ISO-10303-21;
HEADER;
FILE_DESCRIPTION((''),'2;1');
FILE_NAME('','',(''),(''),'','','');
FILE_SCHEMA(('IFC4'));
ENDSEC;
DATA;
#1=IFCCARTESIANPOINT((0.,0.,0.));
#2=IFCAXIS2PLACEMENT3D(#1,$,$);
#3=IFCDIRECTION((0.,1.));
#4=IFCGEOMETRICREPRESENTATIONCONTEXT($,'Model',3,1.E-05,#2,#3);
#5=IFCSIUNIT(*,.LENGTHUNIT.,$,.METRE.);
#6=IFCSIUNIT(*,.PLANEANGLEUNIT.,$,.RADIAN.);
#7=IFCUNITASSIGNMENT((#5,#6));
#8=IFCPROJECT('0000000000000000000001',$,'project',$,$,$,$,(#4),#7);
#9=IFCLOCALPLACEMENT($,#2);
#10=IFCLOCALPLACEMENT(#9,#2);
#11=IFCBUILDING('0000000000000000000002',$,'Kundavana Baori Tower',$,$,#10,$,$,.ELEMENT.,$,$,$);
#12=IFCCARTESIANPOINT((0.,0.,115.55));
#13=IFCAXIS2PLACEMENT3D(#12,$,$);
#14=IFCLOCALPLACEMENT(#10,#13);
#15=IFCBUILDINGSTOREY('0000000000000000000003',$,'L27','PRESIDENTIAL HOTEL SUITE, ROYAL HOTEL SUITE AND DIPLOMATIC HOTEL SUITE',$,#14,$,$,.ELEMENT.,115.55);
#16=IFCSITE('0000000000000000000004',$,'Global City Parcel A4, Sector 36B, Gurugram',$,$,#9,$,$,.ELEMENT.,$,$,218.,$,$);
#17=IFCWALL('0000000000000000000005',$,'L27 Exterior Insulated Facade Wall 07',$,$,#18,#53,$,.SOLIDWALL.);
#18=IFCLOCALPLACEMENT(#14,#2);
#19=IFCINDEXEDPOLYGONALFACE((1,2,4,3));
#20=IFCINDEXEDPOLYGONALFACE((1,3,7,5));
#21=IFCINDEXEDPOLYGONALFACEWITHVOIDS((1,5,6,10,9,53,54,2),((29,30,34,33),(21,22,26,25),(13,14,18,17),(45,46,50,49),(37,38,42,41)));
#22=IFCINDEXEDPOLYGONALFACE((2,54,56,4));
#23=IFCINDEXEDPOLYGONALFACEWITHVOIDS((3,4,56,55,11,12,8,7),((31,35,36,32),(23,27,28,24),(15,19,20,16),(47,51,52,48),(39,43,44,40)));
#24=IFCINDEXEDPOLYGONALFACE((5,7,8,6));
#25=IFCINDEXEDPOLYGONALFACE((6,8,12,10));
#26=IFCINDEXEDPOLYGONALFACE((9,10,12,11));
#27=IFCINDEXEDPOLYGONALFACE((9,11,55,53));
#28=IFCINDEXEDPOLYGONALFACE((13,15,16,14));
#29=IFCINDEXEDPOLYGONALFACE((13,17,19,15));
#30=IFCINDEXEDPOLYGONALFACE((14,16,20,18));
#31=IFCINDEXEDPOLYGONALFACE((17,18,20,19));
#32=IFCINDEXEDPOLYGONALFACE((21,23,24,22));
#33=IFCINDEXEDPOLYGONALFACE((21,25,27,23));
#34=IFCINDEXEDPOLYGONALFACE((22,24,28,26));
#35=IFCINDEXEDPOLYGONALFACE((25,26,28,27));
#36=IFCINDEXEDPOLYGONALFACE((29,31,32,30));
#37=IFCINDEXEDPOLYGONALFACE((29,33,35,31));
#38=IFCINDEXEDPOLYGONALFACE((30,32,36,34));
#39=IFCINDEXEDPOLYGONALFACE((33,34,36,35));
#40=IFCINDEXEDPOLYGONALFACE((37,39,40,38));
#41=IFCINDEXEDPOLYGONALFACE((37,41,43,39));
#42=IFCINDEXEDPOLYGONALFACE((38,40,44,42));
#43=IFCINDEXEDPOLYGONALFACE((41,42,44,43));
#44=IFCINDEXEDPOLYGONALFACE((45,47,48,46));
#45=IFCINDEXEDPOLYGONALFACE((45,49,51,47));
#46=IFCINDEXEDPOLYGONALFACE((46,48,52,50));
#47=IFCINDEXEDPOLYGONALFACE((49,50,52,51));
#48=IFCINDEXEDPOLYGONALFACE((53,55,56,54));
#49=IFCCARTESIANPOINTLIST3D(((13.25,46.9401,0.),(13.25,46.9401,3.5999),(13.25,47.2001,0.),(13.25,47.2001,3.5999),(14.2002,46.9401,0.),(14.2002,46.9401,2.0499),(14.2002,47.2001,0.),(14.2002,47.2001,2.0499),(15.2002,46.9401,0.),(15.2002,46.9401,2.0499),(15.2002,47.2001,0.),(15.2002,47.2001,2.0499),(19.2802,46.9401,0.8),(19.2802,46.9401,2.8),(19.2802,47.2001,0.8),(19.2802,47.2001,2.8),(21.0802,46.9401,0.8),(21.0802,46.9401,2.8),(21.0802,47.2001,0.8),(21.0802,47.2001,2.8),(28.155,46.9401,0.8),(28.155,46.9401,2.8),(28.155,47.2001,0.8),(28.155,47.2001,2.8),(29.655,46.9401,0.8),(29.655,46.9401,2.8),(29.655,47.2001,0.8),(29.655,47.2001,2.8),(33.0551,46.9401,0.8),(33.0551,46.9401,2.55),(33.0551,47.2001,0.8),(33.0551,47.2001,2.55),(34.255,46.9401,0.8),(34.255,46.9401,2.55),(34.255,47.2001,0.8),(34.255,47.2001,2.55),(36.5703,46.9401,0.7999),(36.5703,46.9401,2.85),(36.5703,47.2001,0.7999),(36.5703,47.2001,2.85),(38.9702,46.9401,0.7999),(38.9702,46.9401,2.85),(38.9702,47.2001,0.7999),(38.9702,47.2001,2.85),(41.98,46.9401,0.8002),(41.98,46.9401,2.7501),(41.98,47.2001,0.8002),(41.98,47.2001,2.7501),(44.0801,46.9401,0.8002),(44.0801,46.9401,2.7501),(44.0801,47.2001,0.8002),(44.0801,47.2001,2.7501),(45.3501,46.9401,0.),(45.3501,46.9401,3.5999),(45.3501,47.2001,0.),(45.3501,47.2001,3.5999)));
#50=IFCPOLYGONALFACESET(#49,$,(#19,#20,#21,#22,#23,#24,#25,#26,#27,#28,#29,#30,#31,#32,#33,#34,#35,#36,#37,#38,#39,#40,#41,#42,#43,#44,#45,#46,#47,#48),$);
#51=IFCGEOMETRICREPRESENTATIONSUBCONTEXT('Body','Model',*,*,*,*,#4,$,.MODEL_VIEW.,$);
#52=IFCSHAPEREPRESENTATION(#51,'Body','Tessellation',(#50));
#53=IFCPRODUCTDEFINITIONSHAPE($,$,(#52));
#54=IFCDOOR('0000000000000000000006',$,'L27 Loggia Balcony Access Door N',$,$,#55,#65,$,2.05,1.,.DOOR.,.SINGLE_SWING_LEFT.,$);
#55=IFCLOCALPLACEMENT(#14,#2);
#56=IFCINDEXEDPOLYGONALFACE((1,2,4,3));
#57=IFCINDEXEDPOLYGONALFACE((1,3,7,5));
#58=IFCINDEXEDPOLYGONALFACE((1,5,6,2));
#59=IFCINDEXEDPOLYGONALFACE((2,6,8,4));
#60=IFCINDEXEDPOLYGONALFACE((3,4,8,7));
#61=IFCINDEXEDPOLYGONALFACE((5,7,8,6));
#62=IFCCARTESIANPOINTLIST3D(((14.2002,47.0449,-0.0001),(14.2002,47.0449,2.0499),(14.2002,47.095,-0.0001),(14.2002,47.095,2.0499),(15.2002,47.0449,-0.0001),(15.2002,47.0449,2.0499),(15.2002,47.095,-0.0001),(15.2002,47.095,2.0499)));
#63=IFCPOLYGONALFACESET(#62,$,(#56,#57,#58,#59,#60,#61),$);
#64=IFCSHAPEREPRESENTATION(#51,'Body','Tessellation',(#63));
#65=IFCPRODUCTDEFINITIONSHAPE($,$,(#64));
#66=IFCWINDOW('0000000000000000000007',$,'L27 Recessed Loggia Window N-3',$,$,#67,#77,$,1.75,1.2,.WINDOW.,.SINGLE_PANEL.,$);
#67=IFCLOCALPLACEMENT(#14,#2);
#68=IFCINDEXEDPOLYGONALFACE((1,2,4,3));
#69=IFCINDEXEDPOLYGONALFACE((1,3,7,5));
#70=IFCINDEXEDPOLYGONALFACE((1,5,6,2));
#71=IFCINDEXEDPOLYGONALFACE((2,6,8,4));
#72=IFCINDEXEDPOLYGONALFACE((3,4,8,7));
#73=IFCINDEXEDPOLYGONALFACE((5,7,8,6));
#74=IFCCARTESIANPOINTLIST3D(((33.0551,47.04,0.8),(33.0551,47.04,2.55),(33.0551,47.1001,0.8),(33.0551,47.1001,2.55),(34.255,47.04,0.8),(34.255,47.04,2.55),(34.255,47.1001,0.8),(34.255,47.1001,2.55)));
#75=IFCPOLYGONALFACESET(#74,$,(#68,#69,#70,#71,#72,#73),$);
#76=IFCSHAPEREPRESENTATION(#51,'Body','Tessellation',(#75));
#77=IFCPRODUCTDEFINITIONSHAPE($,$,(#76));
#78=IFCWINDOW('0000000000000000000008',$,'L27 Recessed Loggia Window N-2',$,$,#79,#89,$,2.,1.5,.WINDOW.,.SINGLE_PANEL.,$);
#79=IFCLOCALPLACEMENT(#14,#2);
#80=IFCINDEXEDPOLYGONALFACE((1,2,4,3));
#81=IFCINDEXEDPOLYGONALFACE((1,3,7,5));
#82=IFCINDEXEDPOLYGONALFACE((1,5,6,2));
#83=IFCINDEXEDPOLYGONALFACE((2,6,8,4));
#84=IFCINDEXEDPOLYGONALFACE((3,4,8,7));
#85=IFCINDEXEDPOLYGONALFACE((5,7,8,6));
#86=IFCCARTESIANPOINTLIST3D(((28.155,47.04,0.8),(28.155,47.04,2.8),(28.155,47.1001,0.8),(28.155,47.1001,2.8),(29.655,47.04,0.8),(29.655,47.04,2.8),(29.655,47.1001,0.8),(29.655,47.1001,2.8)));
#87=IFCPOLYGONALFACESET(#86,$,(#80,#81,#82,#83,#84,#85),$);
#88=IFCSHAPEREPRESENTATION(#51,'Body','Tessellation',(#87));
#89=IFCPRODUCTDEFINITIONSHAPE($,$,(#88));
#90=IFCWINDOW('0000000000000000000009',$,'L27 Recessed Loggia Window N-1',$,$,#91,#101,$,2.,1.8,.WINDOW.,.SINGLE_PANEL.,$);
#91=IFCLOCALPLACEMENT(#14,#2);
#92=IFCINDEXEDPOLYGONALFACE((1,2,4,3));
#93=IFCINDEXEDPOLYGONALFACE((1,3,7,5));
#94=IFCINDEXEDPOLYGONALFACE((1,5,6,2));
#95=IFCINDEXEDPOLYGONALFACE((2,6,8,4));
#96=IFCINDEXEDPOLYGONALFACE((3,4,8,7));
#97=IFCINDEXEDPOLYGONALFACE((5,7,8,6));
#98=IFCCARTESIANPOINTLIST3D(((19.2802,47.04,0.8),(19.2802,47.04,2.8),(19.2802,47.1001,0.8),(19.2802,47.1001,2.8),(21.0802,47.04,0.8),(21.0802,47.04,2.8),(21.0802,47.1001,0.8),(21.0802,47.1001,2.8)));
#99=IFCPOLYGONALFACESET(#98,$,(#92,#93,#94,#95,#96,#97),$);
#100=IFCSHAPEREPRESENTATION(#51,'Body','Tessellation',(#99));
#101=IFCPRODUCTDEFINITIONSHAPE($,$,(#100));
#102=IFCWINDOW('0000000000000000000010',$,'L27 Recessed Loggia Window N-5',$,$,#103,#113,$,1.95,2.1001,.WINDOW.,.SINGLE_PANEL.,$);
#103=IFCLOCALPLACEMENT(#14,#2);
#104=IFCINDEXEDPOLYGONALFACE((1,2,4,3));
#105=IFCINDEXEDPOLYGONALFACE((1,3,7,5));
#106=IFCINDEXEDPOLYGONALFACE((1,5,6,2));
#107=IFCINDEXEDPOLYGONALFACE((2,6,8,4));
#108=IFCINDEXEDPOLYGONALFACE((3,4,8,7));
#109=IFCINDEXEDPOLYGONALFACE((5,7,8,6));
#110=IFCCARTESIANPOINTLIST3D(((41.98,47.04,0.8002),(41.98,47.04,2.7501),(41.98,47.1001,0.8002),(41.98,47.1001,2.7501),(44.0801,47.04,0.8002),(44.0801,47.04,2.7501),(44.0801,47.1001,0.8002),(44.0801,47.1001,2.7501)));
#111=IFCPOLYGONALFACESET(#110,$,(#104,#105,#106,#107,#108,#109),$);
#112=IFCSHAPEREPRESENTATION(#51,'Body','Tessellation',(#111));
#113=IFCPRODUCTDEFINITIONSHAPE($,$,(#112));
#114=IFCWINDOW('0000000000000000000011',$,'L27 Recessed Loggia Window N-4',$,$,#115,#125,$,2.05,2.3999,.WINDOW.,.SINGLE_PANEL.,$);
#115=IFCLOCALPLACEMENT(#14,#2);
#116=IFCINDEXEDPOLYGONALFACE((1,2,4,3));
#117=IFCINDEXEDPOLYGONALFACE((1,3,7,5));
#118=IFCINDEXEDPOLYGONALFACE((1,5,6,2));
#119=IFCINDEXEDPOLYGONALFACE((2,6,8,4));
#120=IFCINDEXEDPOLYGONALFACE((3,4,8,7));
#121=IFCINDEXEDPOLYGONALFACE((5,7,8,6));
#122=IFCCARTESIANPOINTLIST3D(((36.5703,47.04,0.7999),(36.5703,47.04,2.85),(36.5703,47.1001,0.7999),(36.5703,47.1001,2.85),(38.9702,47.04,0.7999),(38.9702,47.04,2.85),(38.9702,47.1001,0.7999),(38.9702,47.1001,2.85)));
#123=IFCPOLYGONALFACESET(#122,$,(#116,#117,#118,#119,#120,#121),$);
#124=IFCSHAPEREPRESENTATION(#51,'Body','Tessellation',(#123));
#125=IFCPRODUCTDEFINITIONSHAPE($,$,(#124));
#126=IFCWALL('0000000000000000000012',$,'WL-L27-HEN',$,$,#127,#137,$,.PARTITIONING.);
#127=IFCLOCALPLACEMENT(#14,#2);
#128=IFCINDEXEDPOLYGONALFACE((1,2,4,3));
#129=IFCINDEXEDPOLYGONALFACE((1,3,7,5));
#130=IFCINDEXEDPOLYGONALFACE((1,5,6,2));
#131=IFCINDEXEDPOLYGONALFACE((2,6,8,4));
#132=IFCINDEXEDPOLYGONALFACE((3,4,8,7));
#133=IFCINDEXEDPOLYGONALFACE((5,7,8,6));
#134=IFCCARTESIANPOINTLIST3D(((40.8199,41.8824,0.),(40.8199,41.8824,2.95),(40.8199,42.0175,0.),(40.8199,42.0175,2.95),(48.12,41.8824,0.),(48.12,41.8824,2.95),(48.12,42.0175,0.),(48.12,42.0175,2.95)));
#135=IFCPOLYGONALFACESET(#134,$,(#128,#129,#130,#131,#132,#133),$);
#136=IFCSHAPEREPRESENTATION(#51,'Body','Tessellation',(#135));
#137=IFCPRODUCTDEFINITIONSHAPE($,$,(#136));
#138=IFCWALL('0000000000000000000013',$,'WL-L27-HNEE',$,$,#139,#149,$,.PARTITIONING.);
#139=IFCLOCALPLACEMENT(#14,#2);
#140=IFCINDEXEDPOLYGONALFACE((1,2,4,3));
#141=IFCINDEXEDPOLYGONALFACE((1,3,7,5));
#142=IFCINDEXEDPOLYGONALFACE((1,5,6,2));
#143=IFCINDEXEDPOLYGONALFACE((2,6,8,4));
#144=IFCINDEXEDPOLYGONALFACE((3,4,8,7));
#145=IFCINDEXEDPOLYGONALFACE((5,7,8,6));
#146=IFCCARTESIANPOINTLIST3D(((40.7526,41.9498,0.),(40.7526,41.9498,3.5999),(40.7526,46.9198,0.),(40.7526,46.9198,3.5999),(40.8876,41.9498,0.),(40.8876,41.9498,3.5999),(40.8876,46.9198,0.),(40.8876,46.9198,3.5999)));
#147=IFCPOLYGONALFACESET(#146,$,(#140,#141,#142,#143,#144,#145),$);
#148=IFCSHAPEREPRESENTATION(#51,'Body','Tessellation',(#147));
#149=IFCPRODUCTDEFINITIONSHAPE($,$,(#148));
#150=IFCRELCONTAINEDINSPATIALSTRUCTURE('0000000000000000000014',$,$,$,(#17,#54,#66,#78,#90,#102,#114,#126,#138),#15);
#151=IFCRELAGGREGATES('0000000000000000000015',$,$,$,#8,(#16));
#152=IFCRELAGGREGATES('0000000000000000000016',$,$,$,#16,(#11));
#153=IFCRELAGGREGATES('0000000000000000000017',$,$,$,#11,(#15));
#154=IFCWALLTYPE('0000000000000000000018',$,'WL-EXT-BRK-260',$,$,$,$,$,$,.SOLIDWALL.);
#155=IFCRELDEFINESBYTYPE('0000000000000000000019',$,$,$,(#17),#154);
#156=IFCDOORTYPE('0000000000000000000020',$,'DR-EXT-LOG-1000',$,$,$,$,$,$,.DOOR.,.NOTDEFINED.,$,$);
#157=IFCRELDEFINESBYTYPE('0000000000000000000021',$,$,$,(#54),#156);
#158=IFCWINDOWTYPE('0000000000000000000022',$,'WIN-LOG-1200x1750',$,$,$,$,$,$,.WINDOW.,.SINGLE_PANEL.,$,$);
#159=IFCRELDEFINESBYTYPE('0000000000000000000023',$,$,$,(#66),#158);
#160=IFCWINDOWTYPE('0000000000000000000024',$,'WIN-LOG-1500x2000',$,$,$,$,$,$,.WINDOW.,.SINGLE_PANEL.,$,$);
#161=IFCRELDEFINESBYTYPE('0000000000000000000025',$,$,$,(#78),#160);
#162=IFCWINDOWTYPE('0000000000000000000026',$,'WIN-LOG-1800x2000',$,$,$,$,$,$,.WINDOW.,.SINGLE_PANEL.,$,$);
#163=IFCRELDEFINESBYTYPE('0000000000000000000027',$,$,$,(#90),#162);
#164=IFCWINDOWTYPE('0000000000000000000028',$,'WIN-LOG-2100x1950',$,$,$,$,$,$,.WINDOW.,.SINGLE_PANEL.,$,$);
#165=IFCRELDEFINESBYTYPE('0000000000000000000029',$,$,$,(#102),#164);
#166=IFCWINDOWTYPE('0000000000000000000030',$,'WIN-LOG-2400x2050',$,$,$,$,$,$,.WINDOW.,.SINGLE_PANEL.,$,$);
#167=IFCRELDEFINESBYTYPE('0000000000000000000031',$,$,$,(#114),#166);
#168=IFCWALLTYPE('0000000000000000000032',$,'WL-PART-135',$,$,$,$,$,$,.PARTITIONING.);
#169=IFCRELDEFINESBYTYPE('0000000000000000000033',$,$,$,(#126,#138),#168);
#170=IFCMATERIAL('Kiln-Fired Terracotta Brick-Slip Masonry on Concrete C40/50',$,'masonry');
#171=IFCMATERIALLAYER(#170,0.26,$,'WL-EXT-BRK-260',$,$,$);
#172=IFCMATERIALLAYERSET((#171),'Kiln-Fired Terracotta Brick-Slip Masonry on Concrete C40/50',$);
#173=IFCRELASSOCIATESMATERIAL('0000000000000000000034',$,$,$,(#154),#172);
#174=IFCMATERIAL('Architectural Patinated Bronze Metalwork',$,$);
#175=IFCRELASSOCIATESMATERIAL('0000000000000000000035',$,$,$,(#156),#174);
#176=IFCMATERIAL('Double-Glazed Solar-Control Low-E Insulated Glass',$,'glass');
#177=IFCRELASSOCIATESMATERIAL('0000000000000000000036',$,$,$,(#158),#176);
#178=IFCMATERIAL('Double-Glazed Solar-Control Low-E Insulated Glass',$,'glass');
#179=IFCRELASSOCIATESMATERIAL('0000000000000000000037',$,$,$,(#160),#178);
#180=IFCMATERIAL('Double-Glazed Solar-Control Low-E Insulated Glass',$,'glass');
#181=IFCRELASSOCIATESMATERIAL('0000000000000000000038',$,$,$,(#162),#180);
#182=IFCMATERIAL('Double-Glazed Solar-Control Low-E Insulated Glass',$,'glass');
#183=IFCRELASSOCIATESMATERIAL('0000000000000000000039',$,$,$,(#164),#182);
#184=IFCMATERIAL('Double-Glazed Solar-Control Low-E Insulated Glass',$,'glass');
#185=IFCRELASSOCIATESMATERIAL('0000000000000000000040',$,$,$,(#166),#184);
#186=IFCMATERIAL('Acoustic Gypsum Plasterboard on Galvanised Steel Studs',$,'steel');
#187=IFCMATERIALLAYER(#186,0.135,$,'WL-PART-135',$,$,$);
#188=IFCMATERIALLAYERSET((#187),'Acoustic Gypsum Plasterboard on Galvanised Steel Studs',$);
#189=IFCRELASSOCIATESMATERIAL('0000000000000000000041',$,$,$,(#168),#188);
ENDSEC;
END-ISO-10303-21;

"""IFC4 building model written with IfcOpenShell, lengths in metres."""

from ifc_helpers import new_model, si_unit, direction, frame, frame_2d, origin, place, context, subcontext, project, spatial, rectangle, extrude, material, layer, layer_set, type_object, element, fill, save


model = new_model("IFC4")

# Units and contexts
model_context = context("Model", 3, precision=1e-05, world=origin(), true_north=direction((0.0, 1.0)))
body_context = subcontext(model_context, "Body", "Model", "MODEL_VIEW")
ifc_project = project(units=[si_unit("LENGTHUNIT", "METRE"), si_unit("PLANEANGLEUNIT", "RADIAN")], contexts=[model_context])

# Site, building, storey
site_placement = place(None, origin())
site = spatial("IfcSite", under=ifc_project, at=site_placement, Name="Global City Parcel A4, Sector 36B, Gurugram", CompositionType="ELEMENT", RefElevation=218.0)
building_placement = place(site_placement, origin())
building = spatial("IfcBuilding", under=site, at=building_placement, Name="Kundavana Baori Tower", CompositionType="ELEMENT")
storey_placement = place(building_placement, frame((0.0, 0.0, 115.55)))
storey = spatial("IfcBuildingStorey", under=building, at=storey_placement, Name="L27", Description="PRESIDENTIAL HOTEL SUITE, ROYAL HOTEL SUITE AND DIPLOMATIC HOTEL SUITE", CompositionType="ELEMENT", Elevation=115.55)

# Shared definitions
ifc_material_1 = material(Name="Kiln-Fired Terracotta Brick-Slip Masonry on Concrete C40/50", Category="masonry")
ifc_layer_1 = layer(ifc_material_1, 0.26, Name="WL-EXT-BRK-260")
ifc_layer_set_1 = layer_set([ifc_layer_1], Name="Kiln-Fired Terracotta Brick-Slip Masonry on Concrete C40/50")
wall_type_1 = type_object("IfcWallType", Name="WL-EXT-BRK-260", PredefinedType="SOLIDWALL", material=ifc_layer_set_1)

# Wall, openings, door, windows
wall_1_placement = place(storey_placement, frame((45.3501, 47.0701, 0.0), z_axis=(0.0, 0.0, 1.0), x_axis=(-1.0, 0.0, 0.0)))
wall_1 = element("IfcWall", 1, at=wall_1_placement, inside=storey, type_object=wall_type_1, Name="L27 Exterior Insulated Facade Wall 07", PredefinedType="SOLIDWALL", context=body_context, shape_type="SweptSolid", body=[
    extrude(rectangle(XDim=32.1001, YDim=0.26, at=frame_2d((16.05, 0.0))), origin(), (0.0, 0.0, 1.0), 3.5999),
])
opening_1_placement = place(wall_1_placement, frame((30.1499, 0.0, 0.0)))
opening_1 = element("IfcOpeningElement", 2, at=opening_1_placement, cuts=wall_1, PredefinedType="OPENING", context=body_context, shape_type="SweptSolid", body=[
    extrude(rectangle(XDim=1.0, YDim=2.05, at=frame_2d((0.5, 1.0249))), frame((0.0, 0.1401, 0.0), z_axis=(0.0, -1.0, 0.0), x_axis=(1.0, 0.0, 0.0)), (0.0, 0.0, 1.0), 0.28),
])
opening_2_placement = place(wall_1_placement, frame((24.27, 0.0, 0.8)))
opening_2 = element("IfcOpeningElement", 3, at=opening_2_placement, cuts=wall_1, PredefinedType="OPENING", context=body_context, shape_type="SweptSolid", body=[
    extrude(rectangle(XDim=1.8, YDim=2.0, at=frame_2d((0.8999, 1.0))), frame((0.0, 0.1401, 0.0), z_axis=(0.0, -1.0, 0.0), x_axis=(1.0, 0.0, 0.0)), (0.0, 0.0, 1.0), 0.28),
])
opening_3_placement = place(wall_1_placement, frame((15.6951, 0.0, 0.8)))
opening_3 = element("IfcOpeningElement", 4, at=opening_3_placement, cuts=wall_1, PredefinedType="OPENING", context=body_context, shape_type="SweptSolid", body=[
    extrude(rectangle(XDim=1.5, YDim=2.0, at=frame_2d((0.75, 1.0))), frame((0.0, 0.1401, 0.0), z_axis=(0.0, -1.0, 0.0), x_axis=(1.0, 0.0, 0.0)), (0.0, 0.0, 1.0), 0.28),
])
opening_4_placement = place(wall_1_placement, frame((11.095, 0.0, 0.8)))
opening_4 = element("IfcOpeningElement", 5, at=opening_4_placement, cuts=wall_1, PredefinedType="OPENING", context=body_context, shape_type="SweptSolid", body=[
    extrude(rectangle(XDim=1.2, YDim=1.75, at=frame_2d((0.6001, 0.875))), frame((0.0, 0.1401, 0.0), z_axis=(0.0, -1.0, 0.0), x_axis=(1.0, 0.0, 0.0)), (0.0, 0.0, 1.0), 0.28),
])
opening_5_placement = place(wall_1_placement, frame((6.3799, 0.0, 0.8)))
opening_5 = element("IfcOpeningElement", 6, at=opening_5_placement, cuts=wall_1, PredefinedType="OPENING", context=body_context, shape_type="SweptSolid", body=[
    extrude(rectangle(XDim=2.3999, YDim=2.05, at=frame_2d((1.2, 1.0249))), frame((0.0, 0.1401, 0.0), z_axis=(0.0, -1.0, 0.0), x_axis=(1.0, 0.0, 0.0)), (0.0, 0.0, 1.0), 0.28),
])
opening_6_placement = place(wall_1_placement, frame((1.27, 0.0, 0.8)))
opening_6 = element("IfcOpeningElement", 7, at=opening_6_placement, cuts=wall_1, PredefinedType="OPENING", context=body_context, shape_type="SweptSolid", body=[
    extrude(rectangle(XDim=2.1001, YDim=1.95, at=frame_2d((1.05, 0.9751))), frame((0.0, 0.1401, 0.0), z_axis=(0.0, -1.0, 0.0), x_axis=(1.0, 0.0, 0.0)), (0.0, 0.0, 1.0), 0.28),
])
ifc_material_2 = material(Name="Architectural Patinated Bronze Metalwork")
door_type_1 = type_object("IfcDoorType", Name="DR-EXT-LOG-1000", OperationType="NOTDEFINED", PredefinedType="DOOR", material=ifc_material_2)
door_1_placement = place(opening_1_placement, frame((1.0, 0.0, 0.0), z_axis=(0.0, 0.0, 1.0), x_axis=(-1.0, 0.0, 0.0)))
door_1 = element("IfcDoor", 8, at=door_1_placement, inside=storey, type_object=door_type_1, Name="L27 Loggia Balcony Access Door N", OperationType="SINGLE_SWING_LEFT", OverallHeight=2.05, OverallWidth=1.0, PredefinedType="DOOR", context=body_context, shape_type="SweptSolid", body=[
    extrude(rectangle(XDim=1.0, YDim=2.05, at=frame_2d((0.5, 1.0249))), frame((0.0, 0.0249, 0.0), z_axis=(0.0, -1.0, 0.0), x_axis=(1.0, 0.0, 0.0)), (0.0, 0.0, 1.0), 0.05),
])
fill(opening_1, door_1)
ifc_material_3 = material(Name="Double-Glazed Solar-Control Low-E Insulated Glass", Category="glass")
window_type_1 = type_object("IfcWindowType", Name="WIN-LOG-1200x1750", PartitioningType="SINGLE_PANEL", PredefinedType="WINDOW", material=ifc_material_3)
window_1_placement = place(opening_4_placement, origin())
window_1 = element("IfcWindow", 9, at=window_1_placement, inside=storey, type_object=window_type_1, Name="L27 Recessed Loggia Window N-3", OverallHeight=1.75, OverallWidth=1.2, PartitioningType="SINGLE_PANEL", PredefinedType="WINDOW", context=body_context, shape_type="SweptSolid", body=[
    extrude(rectangle(XDim=1.2, YDim=1.75, at=frame_2d((0.6001, 0.875))), frame((0.0, 0.03, 0.0), z_axis=(0.0, -1.0, 0.0), x_axis=(1.0, 0.0, 0.0)), (0.0, 0.0, 1.0), 0.0601),
])
fill(opening_4, window_1)
ifc_material_4 = material(Name="Double-Glazed Solar-Control Low-E Insulated Glass", Category="glass")
window_type_2 = type_object("IfcWindowType", Name="WIN-LOG-1500x2000", PartitioningType="SINGLE_PANEL", PredefinedType="WINDOW", material=ifc_material_4)
window_2_placement = place(opening_3_placement, origin())
window_2 = element("IfcWindow", 10, at=window_2_placement, inside=storey, type_object=window_type_2, Name="L27 Recessed Loggia Window N-2", OverallHeight=2.0, OverallWidth=1.5, PartitioningType="SINGLE_PANEL", PredefinedType="WINDOW", context=body_context, shape_type="SweptSolid", body=[
    extrude(rectangle(XDim=1.5, YDim=2.0, at=frame_2d((0.75, 1.0))), frame((0.0, 0.03, 0.0), z_axis=(0.0, -1.0, 0.0), x_axis=(1.0, 0.0, 0.0)), (0.0, 0.0, 1.0), 0.0601),
])
fill(opening_3, window_2)
ifc_material_5 = material(Name="Double-Glazed Solar-Control Low-E Insulated Glass", Category="glass")
window_type_3 = type_object("IfcWindowType", Name="WIN-LOG-1800x2000", PartitioningType="SINGLE_PANEL", PredefinedType="WINDOW", material=ifc_material_5)
window_3_placement = place(opening_2_placement, origin())
window_3 = element("IfcWindow", 11, at=window_3_placement, inside=storey, type_object=window_type_3, Name="L27 Recessed Loggia Window N-1", OverallHeight=2.0, OverallWidth=1.8, PartitioningType="SINGLE_PANEL", PredefinedType="WINDOW", context=body_context, shape_type="SweptSolid", body=[
    extrude(rectangle(XDim=1.8, YDim=2.0, at=frame_2d((0.8999, 1.0))), frame((0.0, 0.03, 0.0), z_axis=(0.0, -1.0, 0.0), x_axis=(1.0, 0.0, 0.0)), (0.0, 0.0, 1.0), 0.0601),
])
fill(opening_2, window_3)
ifc_material_6 = material(Name="Double-Glazed Solar-Control Low-E Insulated Glass", Category="glass")
window_type_4 = type_object("IfcWindowType", Name="WIN-LOG-2100x1950", PartitioningType="SINGLE_PANEL", PredefinedType="WINDOW", material=ifc_material_6)
window_4_placement = place(opening_6_placement, origin())
window_4 = element("IfcWindow", 12, at=window_4_placement, inside=storey, type_object=window_type_4, Name="L27 Recessed Loggia Window N-5", OverallHeight=1.95, OverallWidth=2.1001, PartitioningType="SINGLE_PANEL", PredefinedType="WINDOW", context=body_context, shape_type="SweptSolid", body=[
    extrude(rectangle(XDim=2.1001, YDim=1.95, at=frame_2d((1.05, 0.9751))), frame((0.0, 0.03, 0.0), z_axis=(0.0, -1.0, 0.0), x_axis=(1.0, 0.0, 0.0)), (0.0, 0.0, 1.0), 0.0601),
])
fill(opening_6, window_4)
ifc_material_7 = material(Name="Double-Glazed Solar-Control Low-E Insulated Glass", Category="glass")
window_type_5 = type_object("IfcWindowType", Name="WIN-LOG-2400x2050", PartitioningType="SINGLE_PANEL", PredefinedType="WINDOW", material=ifc_material_7)
window_5_placement = place(opening_5_placement, origin())
window_5 = element("IfcWindow", 13, at=window_5_placement, inside=storey, type_object=window_type_5, Name="L27 Recessed Loggia Window N-4", OverallHeight=2.05, OverallWidth=2.3999, PartitioningType="SINGLE_PANEL", PredefinedType="WINDOW", context=body_context, shape_type="SweptSolid", body=[
    extrude(rectangle(XDim=2.3999, YDim=2.05, at=frame_2d((1.2, 1.0249))), frame((0.0, 0.03, 0.0), z_axis=(0.0, -1.0, 0.0), x_axis=(1.0, 0.0, 0.0)), (0.0, 0.0, 1.0), 0.0601),
])
fill(opening_5, window_5)

# Walls
ifc_material_8 = material(Name="Acoustic Gypsum Plasterboard on Galvanised Steel Studs", Category="steel")
ifc_layer_2 = layer(ifc_material_8, 0.135, Name="WL-PART-135")
ifc_layer_set_2 = layer_set([ifc_layer_2], Name="Acoustic Gypsum Plasterboard on Galvanised Steel Studs")
wall_type_2 = type_object("IfcWallType", Name="WL-PART-135", PredefinedType="PARTITIONING", material=ifc_layer_set_2)
wall_2_placement = place(storey_placement, frame((40.8201, 41.95, 0.0), z_axis=(0.0, 0.0, 1.0), x_axis=(1.0, 0.0, 0.0)))
element("IfcWall", 14, at=wall_2_placement, inside=storey, type_object=wall_type_2, Name="WL-L27-HEN", PredefinedType="PARTITIONING", context=body_context, shape_type="SweptSolid", body=[
    extrude(rectangle(XDim=7.3, YDim=0.135, at=frame_2d((3.6499, 0.0))), origin(), (0.0, 0.0, 1.0), 2.95),
])
wall_3_placement = place(storey_placement, frame((40.8201, 41.95, 0.0), z_axis=(0.0, 0.0, 1.0), x_axis=(0.0, 1.0, 0.0)))
element("IfcWall", 15, at=wall_3_placement, inside=storey, type_object=wall_type_2, Name="WL-L27-HNEE", PredefinedType="PARTITIONING", context=body_context, shape_type="SweptSolid", body=[
    extrude(rectangle(XDim=4.97, YDim=0.135, at=frame_2d((2.4849, 0.0))), origin(), (0.0, 0.0, 1.0), 3.5999),
])

save(model, "model.ifc")
